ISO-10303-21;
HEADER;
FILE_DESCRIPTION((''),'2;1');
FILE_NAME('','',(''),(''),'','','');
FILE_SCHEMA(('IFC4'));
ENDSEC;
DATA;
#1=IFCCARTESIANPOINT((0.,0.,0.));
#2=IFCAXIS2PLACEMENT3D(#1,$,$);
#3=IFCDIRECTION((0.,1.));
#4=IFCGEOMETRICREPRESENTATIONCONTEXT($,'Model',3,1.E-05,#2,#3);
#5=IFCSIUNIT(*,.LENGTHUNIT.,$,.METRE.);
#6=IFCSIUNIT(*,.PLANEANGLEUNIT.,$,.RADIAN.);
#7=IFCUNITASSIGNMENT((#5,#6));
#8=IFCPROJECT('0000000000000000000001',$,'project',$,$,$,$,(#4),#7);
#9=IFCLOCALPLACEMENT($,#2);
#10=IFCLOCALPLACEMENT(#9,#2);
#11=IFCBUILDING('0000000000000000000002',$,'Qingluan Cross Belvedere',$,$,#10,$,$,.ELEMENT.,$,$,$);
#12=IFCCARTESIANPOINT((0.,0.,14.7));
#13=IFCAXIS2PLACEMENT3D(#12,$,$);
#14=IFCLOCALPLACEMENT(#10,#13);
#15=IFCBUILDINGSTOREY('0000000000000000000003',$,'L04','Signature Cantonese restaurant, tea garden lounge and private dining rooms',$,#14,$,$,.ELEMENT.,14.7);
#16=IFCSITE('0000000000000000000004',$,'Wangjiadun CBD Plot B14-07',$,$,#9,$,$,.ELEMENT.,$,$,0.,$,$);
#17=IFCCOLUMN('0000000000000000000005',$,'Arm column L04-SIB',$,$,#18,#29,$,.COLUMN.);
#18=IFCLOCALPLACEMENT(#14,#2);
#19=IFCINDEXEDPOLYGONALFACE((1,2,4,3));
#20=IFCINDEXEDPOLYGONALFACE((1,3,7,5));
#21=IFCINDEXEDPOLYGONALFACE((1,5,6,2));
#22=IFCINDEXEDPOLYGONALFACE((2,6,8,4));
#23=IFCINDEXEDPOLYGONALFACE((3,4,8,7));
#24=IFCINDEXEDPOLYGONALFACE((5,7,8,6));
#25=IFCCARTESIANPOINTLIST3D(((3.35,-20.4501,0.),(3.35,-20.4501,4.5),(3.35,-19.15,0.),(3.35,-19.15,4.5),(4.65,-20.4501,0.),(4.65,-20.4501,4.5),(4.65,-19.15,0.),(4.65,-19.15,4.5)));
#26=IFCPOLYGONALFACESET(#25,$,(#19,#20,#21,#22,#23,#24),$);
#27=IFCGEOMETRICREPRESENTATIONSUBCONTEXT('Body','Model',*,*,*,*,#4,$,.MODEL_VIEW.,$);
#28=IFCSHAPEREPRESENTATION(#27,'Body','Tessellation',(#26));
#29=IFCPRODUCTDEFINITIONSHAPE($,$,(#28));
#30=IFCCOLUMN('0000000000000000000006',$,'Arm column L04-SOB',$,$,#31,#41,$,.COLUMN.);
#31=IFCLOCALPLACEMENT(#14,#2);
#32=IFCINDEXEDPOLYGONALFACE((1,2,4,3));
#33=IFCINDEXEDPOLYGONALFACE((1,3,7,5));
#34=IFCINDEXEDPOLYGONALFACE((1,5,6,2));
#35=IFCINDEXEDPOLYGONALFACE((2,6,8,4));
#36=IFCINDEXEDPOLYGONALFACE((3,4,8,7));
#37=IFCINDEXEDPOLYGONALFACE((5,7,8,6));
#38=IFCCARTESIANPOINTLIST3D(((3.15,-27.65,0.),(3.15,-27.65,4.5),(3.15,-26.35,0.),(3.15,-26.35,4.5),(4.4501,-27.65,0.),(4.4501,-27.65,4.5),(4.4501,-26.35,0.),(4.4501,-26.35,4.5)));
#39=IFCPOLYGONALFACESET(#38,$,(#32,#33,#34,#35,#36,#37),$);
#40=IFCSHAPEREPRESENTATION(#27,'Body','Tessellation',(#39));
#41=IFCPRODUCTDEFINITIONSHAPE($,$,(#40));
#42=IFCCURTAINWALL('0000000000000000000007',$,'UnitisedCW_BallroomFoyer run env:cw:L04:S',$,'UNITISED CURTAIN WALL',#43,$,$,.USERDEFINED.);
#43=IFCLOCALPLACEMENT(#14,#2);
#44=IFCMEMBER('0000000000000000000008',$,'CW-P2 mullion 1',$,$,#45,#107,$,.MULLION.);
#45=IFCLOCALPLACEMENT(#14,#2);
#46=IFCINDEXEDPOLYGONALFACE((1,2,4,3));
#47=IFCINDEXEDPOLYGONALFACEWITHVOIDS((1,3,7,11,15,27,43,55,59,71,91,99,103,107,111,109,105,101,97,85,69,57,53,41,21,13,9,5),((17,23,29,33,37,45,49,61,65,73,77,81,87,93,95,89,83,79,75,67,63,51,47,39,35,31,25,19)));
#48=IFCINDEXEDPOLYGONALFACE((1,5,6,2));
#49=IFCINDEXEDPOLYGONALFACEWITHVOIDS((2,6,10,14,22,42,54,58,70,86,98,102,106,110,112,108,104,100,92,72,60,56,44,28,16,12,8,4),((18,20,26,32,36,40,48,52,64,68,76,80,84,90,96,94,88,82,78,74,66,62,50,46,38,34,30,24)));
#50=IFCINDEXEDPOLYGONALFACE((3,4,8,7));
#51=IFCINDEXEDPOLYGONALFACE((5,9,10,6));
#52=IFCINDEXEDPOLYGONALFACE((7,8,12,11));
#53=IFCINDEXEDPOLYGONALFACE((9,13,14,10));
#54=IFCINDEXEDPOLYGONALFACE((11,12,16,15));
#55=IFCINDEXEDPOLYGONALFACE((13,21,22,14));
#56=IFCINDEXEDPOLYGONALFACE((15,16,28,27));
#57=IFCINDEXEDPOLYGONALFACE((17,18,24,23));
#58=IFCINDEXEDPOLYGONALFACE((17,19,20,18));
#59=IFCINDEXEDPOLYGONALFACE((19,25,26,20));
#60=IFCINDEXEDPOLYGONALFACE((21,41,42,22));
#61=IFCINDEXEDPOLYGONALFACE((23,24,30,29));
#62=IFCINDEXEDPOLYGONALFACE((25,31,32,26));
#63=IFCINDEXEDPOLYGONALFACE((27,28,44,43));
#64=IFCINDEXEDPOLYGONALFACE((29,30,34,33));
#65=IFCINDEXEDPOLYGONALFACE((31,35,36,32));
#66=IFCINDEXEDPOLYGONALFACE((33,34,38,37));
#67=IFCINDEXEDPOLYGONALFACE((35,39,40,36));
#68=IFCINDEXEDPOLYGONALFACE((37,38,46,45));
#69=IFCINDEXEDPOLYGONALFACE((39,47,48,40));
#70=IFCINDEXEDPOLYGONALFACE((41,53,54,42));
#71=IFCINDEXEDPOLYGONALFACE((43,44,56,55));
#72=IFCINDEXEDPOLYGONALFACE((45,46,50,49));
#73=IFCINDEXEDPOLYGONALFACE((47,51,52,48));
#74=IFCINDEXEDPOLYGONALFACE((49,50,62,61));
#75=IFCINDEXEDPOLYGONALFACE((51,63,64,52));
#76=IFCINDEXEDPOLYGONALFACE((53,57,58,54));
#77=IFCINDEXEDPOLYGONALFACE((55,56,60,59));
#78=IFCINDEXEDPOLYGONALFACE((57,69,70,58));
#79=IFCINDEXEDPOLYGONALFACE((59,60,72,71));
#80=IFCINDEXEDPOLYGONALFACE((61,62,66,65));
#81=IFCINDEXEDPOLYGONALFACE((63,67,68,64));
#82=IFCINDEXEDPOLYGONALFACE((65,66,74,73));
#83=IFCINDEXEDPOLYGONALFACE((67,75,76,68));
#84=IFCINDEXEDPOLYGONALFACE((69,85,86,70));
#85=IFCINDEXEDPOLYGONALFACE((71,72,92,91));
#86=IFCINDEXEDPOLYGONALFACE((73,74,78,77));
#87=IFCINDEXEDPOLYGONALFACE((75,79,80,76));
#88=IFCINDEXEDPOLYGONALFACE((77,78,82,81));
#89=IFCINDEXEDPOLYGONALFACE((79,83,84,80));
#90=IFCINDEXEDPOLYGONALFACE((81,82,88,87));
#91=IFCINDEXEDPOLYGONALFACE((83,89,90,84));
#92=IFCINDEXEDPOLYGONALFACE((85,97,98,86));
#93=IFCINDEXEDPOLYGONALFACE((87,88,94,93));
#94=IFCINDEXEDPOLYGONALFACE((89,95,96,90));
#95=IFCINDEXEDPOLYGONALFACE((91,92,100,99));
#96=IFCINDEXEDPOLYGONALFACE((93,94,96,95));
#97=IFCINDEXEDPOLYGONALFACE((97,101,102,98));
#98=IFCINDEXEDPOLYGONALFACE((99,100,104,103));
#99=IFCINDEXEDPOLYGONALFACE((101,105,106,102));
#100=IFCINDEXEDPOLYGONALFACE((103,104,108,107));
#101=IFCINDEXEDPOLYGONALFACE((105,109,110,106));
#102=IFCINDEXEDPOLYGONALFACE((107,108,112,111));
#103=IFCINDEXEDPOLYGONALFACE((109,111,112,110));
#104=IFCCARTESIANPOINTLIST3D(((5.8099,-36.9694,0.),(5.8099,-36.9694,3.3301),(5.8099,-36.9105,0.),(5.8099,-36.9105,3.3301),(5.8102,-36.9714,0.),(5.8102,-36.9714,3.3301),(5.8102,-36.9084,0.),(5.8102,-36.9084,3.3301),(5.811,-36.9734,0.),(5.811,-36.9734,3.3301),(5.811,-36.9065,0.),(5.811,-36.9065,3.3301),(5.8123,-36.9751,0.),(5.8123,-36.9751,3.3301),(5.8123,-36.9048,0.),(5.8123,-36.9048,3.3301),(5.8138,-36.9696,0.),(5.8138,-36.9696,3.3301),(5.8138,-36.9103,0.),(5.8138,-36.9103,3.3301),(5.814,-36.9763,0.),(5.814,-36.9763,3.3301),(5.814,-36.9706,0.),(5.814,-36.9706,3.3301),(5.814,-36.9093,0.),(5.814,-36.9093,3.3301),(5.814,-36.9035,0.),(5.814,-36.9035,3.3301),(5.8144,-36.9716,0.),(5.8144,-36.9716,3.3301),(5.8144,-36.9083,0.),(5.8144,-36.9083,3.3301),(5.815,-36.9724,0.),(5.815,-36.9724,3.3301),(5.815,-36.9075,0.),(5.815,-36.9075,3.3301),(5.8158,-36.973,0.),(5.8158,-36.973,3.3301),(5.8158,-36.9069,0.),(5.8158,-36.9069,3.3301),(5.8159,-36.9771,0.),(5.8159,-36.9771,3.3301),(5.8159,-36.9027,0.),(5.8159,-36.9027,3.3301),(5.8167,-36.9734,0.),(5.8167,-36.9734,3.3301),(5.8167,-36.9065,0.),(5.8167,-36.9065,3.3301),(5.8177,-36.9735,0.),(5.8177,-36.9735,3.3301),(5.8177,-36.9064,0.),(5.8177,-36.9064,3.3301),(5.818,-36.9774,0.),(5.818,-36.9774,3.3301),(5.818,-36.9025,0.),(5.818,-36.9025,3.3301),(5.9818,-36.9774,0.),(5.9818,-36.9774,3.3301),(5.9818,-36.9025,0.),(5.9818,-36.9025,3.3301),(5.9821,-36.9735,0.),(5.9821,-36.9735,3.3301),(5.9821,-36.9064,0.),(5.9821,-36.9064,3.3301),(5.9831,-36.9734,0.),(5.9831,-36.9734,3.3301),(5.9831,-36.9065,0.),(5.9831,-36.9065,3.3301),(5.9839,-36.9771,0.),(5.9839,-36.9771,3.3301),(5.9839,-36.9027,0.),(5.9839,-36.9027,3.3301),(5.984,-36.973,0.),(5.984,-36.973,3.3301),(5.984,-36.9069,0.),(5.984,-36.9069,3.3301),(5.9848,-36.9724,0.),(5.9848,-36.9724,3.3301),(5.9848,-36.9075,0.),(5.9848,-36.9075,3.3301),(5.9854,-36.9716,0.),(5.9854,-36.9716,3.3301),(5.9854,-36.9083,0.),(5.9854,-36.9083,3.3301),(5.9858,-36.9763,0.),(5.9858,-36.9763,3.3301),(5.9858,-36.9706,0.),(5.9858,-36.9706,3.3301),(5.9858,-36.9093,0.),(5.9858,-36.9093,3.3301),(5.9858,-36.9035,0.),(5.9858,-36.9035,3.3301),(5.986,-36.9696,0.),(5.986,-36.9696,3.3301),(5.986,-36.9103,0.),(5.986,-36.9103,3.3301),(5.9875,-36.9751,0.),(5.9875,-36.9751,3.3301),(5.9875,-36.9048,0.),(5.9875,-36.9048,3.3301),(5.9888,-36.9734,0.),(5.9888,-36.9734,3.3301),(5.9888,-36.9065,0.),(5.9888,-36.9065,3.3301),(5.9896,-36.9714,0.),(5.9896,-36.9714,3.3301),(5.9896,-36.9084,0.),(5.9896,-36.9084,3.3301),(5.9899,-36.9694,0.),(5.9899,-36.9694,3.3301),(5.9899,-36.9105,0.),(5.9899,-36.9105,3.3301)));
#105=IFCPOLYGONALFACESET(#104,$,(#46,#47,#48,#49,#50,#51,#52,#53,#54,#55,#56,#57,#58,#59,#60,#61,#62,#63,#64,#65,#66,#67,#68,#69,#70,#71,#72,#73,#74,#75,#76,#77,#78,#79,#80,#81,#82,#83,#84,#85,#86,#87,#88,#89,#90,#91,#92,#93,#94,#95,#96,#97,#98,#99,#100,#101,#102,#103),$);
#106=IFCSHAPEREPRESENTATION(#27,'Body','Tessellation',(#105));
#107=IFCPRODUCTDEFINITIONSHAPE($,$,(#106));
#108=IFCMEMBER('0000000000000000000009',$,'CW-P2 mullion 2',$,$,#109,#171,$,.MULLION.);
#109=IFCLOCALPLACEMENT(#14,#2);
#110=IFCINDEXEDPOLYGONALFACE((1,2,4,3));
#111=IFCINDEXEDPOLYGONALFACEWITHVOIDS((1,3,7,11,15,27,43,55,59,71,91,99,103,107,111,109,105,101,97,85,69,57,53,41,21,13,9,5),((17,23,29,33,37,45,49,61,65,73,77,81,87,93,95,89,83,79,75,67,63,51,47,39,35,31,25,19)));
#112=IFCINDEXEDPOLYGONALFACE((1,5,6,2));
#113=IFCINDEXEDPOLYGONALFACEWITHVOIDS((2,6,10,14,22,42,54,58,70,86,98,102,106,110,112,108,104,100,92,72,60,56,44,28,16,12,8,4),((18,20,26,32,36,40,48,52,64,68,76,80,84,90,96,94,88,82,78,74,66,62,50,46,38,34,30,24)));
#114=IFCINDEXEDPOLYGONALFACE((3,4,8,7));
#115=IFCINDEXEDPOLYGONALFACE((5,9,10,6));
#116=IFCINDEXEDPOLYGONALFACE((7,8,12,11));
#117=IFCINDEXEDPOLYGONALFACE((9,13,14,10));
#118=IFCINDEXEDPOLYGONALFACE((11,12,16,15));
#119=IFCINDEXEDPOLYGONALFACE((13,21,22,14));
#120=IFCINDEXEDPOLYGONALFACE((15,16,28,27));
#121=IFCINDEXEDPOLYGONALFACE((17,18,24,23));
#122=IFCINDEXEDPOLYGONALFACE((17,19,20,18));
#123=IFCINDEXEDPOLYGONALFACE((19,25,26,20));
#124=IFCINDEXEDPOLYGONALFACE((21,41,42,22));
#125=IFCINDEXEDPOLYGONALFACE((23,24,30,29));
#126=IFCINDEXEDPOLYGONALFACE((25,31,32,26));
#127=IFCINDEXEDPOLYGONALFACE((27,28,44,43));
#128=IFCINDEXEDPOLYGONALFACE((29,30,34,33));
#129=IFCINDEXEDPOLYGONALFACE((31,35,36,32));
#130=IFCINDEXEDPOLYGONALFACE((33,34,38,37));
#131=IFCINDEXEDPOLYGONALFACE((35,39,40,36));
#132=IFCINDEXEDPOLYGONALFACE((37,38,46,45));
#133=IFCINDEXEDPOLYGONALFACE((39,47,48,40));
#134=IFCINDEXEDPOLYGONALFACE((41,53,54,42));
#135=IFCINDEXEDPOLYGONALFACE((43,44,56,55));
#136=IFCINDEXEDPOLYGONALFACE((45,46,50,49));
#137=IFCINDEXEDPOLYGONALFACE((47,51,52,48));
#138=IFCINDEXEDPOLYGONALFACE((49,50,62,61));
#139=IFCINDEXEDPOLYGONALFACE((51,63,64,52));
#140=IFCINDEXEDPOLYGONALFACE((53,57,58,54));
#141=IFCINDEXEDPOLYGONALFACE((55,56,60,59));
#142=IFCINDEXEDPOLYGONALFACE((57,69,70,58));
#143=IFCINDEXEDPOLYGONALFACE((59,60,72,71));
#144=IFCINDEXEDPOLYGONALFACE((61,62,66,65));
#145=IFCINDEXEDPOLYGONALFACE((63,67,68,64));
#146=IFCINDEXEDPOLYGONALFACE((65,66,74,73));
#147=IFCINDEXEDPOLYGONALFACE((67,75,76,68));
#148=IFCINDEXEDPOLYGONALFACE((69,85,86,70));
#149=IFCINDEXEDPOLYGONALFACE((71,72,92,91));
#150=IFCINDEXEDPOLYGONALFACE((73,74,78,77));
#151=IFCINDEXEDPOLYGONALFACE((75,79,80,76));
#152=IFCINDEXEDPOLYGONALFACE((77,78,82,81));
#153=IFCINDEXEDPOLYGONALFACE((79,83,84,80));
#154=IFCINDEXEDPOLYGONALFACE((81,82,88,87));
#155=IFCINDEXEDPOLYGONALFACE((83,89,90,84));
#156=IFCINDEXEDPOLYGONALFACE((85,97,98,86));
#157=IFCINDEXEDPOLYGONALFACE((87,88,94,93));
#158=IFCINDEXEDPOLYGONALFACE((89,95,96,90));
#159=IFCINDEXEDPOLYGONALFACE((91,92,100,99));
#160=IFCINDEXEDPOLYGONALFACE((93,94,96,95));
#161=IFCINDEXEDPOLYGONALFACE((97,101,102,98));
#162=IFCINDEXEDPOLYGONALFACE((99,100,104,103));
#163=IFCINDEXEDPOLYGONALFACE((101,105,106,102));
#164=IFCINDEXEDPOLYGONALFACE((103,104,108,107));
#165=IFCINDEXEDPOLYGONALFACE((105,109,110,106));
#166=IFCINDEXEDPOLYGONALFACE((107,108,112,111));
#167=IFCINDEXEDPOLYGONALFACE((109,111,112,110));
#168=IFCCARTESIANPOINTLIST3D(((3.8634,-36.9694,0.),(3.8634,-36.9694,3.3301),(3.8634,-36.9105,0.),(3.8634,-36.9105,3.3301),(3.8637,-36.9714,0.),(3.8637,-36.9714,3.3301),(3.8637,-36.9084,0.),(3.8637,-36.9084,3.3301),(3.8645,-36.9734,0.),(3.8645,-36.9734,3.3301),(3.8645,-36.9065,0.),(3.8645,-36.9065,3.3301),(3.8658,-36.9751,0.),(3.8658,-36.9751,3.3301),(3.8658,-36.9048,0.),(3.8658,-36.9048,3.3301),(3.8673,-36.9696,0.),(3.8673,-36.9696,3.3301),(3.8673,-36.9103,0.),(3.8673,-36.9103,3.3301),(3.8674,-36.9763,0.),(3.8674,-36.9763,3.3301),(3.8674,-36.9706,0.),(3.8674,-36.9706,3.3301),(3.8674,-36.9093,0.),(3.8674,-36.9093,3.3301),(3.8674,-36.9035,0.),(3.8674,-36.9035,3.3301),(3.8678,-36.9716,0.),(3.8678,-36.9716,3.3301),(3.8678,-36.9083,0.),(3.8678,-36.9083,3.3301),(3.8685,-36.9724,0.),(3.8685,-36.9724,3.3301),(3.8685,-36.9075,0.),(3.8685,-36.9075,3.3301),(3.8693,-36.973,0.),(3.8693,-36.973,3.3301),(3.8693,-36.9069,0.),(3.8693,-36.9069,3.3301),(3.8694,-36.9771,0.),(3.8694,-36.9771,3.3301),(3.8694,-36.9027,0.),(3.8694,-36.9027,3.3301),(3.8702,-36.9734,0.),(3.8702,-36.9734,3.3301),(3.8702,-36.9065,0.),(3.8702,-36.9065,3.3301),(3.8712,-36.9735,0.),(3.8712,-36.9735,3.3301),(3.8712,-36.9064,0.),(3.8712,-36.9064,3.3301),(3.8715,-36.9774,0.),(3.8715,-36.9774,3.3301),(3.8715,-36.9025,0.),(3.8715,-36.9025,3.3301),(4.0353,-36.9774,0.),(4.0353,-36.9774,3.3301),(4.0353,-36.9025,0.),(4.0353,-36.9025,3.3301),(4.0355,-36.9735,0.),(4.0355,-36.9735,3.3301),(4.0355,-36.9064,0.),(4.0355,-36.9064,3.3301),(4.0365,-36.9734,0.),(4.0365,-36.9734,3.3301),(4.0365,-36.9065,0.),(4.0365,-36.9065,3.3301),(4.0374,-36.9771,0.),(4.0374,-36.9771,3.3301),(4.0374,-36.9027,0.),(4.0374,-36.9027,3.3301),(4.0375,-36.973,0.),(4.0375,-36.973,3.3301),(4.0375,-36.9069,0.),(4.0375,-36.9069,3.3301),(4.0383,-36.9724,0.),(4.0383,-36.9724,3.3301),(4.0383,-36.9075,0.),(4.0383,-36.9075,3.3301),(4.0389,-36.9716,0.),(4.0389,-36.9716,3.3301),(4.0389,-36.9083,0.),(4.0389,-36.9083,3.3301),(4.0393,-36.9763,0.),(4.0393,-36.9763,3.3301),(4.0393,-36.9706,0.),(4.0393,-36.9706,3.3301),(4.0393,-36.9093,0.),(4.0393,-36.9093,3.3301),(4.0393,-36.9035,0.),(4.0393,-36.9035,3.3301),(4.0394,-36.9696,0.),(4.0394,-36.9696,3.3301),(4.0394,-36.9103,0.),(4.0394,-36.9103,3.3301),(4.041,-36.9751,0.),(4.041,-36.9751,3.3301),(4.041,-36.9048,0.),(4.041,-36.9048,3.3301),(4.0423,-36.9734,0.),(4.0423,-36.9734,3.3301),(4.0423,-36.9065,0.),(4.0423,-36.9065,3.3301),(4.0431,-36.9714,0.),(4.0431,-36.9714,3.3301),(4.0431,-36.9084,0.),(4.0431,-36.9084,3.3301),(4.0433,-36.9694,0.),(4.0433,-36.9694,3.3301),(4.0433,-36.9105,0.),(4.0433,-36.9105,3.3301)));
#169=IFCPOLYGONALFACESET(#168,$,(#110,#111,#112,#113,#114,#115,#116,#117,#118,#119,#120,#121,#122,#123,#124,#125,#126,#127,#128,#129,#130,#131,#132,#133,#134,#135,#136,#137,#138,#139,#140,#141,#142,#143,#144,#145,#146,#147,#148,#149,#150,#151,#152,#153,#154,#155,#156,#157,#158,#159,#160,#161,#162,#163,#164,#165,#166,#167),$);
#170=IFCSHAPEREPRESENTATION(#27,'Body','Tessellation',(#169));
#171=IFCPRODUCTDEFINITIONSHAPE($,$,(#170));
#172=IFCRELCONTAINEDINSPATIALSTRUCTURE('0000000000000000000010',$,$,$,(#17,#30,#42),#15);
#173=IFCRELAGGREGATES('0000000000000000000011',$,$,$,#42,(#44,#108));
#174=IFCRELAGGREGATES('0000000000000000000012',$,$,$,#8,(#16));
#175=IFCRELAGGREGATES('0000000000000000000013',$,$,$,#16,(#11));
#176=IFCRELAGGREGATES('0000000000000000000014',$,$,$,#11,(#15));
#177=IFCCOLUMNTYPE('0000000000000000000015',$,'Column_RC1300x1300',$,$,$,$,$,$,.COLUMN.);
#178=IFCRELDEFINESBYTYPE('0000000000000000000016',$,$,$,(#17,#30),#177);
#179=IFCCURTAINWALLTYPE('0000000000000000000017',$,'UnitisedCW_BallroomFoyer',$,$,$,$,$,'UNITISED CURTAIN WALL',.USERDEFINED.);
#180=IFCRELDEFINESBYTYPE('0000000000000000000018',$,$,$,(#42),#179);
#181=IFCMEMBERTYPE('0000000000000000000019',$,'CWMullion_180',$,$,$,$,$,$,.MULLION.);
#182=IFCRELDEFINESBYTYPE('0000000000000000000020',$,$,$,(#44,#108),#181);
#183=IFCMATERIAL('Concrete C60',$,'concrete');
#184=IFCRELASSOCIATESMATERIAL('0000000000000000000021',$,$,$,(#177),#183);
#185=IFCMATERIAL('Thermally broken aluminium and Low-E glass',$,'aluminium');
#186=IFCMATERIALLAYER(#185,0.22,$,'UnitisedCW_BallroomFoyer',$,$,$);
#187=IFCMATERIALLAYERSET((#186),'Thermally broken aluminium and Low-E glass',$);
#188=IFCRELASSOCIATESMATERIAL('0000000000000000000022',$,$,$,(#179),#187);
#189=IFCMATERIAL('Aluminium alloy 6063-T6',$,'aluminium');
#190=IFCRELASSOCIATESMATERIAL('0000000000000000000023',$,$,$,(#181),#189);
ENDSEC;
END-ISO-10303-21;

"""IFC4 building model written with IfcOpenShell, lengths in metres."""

from ifc_helpers import new_model, si_unit, direction, frame, origin, origin_2d, place, context, subcontext, project, spatial, rectangle, hollow_rectangle, extrude, material, layer, layer_set, material_profile, profile_set, type_object, element, aggregate, save


model = new_model("IFC4")

# Units and contexts
model_context = context("Model", 3, precision=1e-05, world=origin(), true_north=direction((0.0, 1.0)))
body_context = subcontext(model_context, "Body", "Model", "MODEL_VIEW")
ifc_project = project(units=[si_unit("LENGTHUNIT", "METRE"), si_unit("PLANEANGLEUNIT", "RADIAN")], contexts=[model_context])

# Site, building, storey
site_placement = place(None, origin())
site = spatial("IfcSite", under=ifc_project, at=site_placement, Name="Wangjiadun CBD Plot B14-07", CompositionType="ELEMENT", RefElevation=0.0)
building_placement = place(site_placement, origin())
building = spatial("IfcBuilding", under=site, at=building_placement, Name="Qingluan Cross Belvedere", CompositionType="ELEMENT")
storey_placement = place(building_placement, frame((0.0, 0.0, 14.7)))
storey = spatial("IfcBuildingStorey", under=building, at=storey_placement, Name="L04", Description="Signature Cantonese restaurant, tea garden lounge and private dining rooms", CompositionType="ELEMENT", Elevation=14.7)

# Columns
ifc_material_1 = material(Name="Concrete C60", Category="concrete")
ifc_material_profile_1 = material_profile(ifc_material_1, rectangle(XDim=1.3, YDim=1.3, at=origin_2d()), Name="RC1300x1300")
ifc_profile_set_1 = profile_set([ifc_material_profile_1], Name="Concrete C60")
column_type = type_object("IfcColumnType", Name="Column_RC1300x1300", PredefinedType="COLUMN", material=ifc_profile_set_1)
for number, where, z_axis, x_axis, name in (
    (1, (4.0, -19.8, 0.0), (0.0, 0.0, 1.0), (1.0, 0.0, 0.0), "Arm column L04-SIB"),
    (2, (3.8, -27.0, 0.0), (0.0, 0.0, 1.0), (1.0, 0.0, 0.0), "Arm column L04-SOB"),
):
    element("IfcColumn", number, at=place(storey_placement, frame(where, z_axis=z_axis, x_axis=x_axis)), inside=storey, type_object=column_type, Name=name, PredefinedType="COLUMN", context=body_context, shape_type="SweptSolid", body=[
        extrude(rectangle(XDim=1.3, YDim=1.3, at=origin_2d()), origin(), (0.0, 0.0, 1.0), 4.5),
    ])

# Curtain wall, members
ifc_material_2 = material(Name="Thermally broken aluminium and Low-E glass", Category="aluminium")
ifc_layer_1 = layer(ifc_material_2, 0.22, Name="UnitisedCW_BallroomFoyer")
ifc_layer_set_1 = layer_set([ifc_layer_1], Name="Thermally broken aluminium and Low-E glass")
curtain_wall_type = type_object("IfcCurtainWallType", Name="UnitisedCW_BallroomFoyer", ElementType="UNITISED CURTAIN WALL", PredefinedType="USERDEFINED", material=ifc_layer_set_1)
curtain_wall_placement = place(storey_placement, origin())
curtain_wall = element("IfcCurtainWall", 3, at=curtain_wall_placement, inside=storey, type_object=curtain_wall_type, Name="UnitisedCW_BallroomFoyer run env:cw:L04:S", ObjectType="UNITISED CURTAIN WALL", PredefinedType="USERDEFINED")
ifc_material_3 = material(Name="Aluminium alloy 6063-T6", Category="aluminium")
ifc_material_profile_2 = material_profile(ifc_material_3, hollow_rectangle(XDim=0.075, YDim=0.1799, WallThickness=0.0039, InnerFilletRadius=0.0039, OuterFilletRadius=0.0081, at=origin_2d()), Name="CWM180x75x4")
ifc_profile_set_2 = profile_set([ifc_material_profile_2], Name="Aluminium alloy 6063-T6")
member_type_1 = type_object("IfcMemberType", Name="CWMullion_180", PredefinedType="MULLION", material=ifc_profile_set_2)
member_1_placement = place(storey_placement, frame((5.8999, -36.9399, 0.0), z_axis=(0.0, 0.0, 1.0), x_axis=(0.0, -1.0, 0.0)))
member_1 = element("IfcMember", 4, at=member_1_placement, type_object=member_type_1, Name="CW-P2 mullion 1", PredefinedType="MULLION", context=body_context, shape_type="SweptSolid", body=[
    extrude(hollow_rectangle(XDim=0.075, YDim=0.1799, WallThickness=0.0039, InnerFilletRadius=0.0039, OuterFilletRadius=0.0081, at=origin_2d()), origin(), (0.0, 0.0, 1.0), 3.3301),
])
member_2_placement = place(storey_placement, frame((3.9534, -36.9399, 0.0), z_axis=(0.0, 0.0, 1.0), x_axis=(0.0, -1.0, 0.0)))
member_2 = element("IfcMember", 5, at=member_2_placement, type_object=member_type_1, Name="CW-P2 mullion 2", PredefinedType="MULLION", context=body_context, shape_type="SweptSolid", body=[
    extrude(hollow_rectangle(XDim=0.075, YDim=0.1799, WallThickness=0.0039, InnerFilletRadius=0.0039, OuterFilletRadius=0.0081, at=origin_2d()), origin(), (0.0, 0.0, 1.0), 3.3301),
])
aggregate(curtain_wall, [member_1, member_2])

save(model, "model.ifc")
